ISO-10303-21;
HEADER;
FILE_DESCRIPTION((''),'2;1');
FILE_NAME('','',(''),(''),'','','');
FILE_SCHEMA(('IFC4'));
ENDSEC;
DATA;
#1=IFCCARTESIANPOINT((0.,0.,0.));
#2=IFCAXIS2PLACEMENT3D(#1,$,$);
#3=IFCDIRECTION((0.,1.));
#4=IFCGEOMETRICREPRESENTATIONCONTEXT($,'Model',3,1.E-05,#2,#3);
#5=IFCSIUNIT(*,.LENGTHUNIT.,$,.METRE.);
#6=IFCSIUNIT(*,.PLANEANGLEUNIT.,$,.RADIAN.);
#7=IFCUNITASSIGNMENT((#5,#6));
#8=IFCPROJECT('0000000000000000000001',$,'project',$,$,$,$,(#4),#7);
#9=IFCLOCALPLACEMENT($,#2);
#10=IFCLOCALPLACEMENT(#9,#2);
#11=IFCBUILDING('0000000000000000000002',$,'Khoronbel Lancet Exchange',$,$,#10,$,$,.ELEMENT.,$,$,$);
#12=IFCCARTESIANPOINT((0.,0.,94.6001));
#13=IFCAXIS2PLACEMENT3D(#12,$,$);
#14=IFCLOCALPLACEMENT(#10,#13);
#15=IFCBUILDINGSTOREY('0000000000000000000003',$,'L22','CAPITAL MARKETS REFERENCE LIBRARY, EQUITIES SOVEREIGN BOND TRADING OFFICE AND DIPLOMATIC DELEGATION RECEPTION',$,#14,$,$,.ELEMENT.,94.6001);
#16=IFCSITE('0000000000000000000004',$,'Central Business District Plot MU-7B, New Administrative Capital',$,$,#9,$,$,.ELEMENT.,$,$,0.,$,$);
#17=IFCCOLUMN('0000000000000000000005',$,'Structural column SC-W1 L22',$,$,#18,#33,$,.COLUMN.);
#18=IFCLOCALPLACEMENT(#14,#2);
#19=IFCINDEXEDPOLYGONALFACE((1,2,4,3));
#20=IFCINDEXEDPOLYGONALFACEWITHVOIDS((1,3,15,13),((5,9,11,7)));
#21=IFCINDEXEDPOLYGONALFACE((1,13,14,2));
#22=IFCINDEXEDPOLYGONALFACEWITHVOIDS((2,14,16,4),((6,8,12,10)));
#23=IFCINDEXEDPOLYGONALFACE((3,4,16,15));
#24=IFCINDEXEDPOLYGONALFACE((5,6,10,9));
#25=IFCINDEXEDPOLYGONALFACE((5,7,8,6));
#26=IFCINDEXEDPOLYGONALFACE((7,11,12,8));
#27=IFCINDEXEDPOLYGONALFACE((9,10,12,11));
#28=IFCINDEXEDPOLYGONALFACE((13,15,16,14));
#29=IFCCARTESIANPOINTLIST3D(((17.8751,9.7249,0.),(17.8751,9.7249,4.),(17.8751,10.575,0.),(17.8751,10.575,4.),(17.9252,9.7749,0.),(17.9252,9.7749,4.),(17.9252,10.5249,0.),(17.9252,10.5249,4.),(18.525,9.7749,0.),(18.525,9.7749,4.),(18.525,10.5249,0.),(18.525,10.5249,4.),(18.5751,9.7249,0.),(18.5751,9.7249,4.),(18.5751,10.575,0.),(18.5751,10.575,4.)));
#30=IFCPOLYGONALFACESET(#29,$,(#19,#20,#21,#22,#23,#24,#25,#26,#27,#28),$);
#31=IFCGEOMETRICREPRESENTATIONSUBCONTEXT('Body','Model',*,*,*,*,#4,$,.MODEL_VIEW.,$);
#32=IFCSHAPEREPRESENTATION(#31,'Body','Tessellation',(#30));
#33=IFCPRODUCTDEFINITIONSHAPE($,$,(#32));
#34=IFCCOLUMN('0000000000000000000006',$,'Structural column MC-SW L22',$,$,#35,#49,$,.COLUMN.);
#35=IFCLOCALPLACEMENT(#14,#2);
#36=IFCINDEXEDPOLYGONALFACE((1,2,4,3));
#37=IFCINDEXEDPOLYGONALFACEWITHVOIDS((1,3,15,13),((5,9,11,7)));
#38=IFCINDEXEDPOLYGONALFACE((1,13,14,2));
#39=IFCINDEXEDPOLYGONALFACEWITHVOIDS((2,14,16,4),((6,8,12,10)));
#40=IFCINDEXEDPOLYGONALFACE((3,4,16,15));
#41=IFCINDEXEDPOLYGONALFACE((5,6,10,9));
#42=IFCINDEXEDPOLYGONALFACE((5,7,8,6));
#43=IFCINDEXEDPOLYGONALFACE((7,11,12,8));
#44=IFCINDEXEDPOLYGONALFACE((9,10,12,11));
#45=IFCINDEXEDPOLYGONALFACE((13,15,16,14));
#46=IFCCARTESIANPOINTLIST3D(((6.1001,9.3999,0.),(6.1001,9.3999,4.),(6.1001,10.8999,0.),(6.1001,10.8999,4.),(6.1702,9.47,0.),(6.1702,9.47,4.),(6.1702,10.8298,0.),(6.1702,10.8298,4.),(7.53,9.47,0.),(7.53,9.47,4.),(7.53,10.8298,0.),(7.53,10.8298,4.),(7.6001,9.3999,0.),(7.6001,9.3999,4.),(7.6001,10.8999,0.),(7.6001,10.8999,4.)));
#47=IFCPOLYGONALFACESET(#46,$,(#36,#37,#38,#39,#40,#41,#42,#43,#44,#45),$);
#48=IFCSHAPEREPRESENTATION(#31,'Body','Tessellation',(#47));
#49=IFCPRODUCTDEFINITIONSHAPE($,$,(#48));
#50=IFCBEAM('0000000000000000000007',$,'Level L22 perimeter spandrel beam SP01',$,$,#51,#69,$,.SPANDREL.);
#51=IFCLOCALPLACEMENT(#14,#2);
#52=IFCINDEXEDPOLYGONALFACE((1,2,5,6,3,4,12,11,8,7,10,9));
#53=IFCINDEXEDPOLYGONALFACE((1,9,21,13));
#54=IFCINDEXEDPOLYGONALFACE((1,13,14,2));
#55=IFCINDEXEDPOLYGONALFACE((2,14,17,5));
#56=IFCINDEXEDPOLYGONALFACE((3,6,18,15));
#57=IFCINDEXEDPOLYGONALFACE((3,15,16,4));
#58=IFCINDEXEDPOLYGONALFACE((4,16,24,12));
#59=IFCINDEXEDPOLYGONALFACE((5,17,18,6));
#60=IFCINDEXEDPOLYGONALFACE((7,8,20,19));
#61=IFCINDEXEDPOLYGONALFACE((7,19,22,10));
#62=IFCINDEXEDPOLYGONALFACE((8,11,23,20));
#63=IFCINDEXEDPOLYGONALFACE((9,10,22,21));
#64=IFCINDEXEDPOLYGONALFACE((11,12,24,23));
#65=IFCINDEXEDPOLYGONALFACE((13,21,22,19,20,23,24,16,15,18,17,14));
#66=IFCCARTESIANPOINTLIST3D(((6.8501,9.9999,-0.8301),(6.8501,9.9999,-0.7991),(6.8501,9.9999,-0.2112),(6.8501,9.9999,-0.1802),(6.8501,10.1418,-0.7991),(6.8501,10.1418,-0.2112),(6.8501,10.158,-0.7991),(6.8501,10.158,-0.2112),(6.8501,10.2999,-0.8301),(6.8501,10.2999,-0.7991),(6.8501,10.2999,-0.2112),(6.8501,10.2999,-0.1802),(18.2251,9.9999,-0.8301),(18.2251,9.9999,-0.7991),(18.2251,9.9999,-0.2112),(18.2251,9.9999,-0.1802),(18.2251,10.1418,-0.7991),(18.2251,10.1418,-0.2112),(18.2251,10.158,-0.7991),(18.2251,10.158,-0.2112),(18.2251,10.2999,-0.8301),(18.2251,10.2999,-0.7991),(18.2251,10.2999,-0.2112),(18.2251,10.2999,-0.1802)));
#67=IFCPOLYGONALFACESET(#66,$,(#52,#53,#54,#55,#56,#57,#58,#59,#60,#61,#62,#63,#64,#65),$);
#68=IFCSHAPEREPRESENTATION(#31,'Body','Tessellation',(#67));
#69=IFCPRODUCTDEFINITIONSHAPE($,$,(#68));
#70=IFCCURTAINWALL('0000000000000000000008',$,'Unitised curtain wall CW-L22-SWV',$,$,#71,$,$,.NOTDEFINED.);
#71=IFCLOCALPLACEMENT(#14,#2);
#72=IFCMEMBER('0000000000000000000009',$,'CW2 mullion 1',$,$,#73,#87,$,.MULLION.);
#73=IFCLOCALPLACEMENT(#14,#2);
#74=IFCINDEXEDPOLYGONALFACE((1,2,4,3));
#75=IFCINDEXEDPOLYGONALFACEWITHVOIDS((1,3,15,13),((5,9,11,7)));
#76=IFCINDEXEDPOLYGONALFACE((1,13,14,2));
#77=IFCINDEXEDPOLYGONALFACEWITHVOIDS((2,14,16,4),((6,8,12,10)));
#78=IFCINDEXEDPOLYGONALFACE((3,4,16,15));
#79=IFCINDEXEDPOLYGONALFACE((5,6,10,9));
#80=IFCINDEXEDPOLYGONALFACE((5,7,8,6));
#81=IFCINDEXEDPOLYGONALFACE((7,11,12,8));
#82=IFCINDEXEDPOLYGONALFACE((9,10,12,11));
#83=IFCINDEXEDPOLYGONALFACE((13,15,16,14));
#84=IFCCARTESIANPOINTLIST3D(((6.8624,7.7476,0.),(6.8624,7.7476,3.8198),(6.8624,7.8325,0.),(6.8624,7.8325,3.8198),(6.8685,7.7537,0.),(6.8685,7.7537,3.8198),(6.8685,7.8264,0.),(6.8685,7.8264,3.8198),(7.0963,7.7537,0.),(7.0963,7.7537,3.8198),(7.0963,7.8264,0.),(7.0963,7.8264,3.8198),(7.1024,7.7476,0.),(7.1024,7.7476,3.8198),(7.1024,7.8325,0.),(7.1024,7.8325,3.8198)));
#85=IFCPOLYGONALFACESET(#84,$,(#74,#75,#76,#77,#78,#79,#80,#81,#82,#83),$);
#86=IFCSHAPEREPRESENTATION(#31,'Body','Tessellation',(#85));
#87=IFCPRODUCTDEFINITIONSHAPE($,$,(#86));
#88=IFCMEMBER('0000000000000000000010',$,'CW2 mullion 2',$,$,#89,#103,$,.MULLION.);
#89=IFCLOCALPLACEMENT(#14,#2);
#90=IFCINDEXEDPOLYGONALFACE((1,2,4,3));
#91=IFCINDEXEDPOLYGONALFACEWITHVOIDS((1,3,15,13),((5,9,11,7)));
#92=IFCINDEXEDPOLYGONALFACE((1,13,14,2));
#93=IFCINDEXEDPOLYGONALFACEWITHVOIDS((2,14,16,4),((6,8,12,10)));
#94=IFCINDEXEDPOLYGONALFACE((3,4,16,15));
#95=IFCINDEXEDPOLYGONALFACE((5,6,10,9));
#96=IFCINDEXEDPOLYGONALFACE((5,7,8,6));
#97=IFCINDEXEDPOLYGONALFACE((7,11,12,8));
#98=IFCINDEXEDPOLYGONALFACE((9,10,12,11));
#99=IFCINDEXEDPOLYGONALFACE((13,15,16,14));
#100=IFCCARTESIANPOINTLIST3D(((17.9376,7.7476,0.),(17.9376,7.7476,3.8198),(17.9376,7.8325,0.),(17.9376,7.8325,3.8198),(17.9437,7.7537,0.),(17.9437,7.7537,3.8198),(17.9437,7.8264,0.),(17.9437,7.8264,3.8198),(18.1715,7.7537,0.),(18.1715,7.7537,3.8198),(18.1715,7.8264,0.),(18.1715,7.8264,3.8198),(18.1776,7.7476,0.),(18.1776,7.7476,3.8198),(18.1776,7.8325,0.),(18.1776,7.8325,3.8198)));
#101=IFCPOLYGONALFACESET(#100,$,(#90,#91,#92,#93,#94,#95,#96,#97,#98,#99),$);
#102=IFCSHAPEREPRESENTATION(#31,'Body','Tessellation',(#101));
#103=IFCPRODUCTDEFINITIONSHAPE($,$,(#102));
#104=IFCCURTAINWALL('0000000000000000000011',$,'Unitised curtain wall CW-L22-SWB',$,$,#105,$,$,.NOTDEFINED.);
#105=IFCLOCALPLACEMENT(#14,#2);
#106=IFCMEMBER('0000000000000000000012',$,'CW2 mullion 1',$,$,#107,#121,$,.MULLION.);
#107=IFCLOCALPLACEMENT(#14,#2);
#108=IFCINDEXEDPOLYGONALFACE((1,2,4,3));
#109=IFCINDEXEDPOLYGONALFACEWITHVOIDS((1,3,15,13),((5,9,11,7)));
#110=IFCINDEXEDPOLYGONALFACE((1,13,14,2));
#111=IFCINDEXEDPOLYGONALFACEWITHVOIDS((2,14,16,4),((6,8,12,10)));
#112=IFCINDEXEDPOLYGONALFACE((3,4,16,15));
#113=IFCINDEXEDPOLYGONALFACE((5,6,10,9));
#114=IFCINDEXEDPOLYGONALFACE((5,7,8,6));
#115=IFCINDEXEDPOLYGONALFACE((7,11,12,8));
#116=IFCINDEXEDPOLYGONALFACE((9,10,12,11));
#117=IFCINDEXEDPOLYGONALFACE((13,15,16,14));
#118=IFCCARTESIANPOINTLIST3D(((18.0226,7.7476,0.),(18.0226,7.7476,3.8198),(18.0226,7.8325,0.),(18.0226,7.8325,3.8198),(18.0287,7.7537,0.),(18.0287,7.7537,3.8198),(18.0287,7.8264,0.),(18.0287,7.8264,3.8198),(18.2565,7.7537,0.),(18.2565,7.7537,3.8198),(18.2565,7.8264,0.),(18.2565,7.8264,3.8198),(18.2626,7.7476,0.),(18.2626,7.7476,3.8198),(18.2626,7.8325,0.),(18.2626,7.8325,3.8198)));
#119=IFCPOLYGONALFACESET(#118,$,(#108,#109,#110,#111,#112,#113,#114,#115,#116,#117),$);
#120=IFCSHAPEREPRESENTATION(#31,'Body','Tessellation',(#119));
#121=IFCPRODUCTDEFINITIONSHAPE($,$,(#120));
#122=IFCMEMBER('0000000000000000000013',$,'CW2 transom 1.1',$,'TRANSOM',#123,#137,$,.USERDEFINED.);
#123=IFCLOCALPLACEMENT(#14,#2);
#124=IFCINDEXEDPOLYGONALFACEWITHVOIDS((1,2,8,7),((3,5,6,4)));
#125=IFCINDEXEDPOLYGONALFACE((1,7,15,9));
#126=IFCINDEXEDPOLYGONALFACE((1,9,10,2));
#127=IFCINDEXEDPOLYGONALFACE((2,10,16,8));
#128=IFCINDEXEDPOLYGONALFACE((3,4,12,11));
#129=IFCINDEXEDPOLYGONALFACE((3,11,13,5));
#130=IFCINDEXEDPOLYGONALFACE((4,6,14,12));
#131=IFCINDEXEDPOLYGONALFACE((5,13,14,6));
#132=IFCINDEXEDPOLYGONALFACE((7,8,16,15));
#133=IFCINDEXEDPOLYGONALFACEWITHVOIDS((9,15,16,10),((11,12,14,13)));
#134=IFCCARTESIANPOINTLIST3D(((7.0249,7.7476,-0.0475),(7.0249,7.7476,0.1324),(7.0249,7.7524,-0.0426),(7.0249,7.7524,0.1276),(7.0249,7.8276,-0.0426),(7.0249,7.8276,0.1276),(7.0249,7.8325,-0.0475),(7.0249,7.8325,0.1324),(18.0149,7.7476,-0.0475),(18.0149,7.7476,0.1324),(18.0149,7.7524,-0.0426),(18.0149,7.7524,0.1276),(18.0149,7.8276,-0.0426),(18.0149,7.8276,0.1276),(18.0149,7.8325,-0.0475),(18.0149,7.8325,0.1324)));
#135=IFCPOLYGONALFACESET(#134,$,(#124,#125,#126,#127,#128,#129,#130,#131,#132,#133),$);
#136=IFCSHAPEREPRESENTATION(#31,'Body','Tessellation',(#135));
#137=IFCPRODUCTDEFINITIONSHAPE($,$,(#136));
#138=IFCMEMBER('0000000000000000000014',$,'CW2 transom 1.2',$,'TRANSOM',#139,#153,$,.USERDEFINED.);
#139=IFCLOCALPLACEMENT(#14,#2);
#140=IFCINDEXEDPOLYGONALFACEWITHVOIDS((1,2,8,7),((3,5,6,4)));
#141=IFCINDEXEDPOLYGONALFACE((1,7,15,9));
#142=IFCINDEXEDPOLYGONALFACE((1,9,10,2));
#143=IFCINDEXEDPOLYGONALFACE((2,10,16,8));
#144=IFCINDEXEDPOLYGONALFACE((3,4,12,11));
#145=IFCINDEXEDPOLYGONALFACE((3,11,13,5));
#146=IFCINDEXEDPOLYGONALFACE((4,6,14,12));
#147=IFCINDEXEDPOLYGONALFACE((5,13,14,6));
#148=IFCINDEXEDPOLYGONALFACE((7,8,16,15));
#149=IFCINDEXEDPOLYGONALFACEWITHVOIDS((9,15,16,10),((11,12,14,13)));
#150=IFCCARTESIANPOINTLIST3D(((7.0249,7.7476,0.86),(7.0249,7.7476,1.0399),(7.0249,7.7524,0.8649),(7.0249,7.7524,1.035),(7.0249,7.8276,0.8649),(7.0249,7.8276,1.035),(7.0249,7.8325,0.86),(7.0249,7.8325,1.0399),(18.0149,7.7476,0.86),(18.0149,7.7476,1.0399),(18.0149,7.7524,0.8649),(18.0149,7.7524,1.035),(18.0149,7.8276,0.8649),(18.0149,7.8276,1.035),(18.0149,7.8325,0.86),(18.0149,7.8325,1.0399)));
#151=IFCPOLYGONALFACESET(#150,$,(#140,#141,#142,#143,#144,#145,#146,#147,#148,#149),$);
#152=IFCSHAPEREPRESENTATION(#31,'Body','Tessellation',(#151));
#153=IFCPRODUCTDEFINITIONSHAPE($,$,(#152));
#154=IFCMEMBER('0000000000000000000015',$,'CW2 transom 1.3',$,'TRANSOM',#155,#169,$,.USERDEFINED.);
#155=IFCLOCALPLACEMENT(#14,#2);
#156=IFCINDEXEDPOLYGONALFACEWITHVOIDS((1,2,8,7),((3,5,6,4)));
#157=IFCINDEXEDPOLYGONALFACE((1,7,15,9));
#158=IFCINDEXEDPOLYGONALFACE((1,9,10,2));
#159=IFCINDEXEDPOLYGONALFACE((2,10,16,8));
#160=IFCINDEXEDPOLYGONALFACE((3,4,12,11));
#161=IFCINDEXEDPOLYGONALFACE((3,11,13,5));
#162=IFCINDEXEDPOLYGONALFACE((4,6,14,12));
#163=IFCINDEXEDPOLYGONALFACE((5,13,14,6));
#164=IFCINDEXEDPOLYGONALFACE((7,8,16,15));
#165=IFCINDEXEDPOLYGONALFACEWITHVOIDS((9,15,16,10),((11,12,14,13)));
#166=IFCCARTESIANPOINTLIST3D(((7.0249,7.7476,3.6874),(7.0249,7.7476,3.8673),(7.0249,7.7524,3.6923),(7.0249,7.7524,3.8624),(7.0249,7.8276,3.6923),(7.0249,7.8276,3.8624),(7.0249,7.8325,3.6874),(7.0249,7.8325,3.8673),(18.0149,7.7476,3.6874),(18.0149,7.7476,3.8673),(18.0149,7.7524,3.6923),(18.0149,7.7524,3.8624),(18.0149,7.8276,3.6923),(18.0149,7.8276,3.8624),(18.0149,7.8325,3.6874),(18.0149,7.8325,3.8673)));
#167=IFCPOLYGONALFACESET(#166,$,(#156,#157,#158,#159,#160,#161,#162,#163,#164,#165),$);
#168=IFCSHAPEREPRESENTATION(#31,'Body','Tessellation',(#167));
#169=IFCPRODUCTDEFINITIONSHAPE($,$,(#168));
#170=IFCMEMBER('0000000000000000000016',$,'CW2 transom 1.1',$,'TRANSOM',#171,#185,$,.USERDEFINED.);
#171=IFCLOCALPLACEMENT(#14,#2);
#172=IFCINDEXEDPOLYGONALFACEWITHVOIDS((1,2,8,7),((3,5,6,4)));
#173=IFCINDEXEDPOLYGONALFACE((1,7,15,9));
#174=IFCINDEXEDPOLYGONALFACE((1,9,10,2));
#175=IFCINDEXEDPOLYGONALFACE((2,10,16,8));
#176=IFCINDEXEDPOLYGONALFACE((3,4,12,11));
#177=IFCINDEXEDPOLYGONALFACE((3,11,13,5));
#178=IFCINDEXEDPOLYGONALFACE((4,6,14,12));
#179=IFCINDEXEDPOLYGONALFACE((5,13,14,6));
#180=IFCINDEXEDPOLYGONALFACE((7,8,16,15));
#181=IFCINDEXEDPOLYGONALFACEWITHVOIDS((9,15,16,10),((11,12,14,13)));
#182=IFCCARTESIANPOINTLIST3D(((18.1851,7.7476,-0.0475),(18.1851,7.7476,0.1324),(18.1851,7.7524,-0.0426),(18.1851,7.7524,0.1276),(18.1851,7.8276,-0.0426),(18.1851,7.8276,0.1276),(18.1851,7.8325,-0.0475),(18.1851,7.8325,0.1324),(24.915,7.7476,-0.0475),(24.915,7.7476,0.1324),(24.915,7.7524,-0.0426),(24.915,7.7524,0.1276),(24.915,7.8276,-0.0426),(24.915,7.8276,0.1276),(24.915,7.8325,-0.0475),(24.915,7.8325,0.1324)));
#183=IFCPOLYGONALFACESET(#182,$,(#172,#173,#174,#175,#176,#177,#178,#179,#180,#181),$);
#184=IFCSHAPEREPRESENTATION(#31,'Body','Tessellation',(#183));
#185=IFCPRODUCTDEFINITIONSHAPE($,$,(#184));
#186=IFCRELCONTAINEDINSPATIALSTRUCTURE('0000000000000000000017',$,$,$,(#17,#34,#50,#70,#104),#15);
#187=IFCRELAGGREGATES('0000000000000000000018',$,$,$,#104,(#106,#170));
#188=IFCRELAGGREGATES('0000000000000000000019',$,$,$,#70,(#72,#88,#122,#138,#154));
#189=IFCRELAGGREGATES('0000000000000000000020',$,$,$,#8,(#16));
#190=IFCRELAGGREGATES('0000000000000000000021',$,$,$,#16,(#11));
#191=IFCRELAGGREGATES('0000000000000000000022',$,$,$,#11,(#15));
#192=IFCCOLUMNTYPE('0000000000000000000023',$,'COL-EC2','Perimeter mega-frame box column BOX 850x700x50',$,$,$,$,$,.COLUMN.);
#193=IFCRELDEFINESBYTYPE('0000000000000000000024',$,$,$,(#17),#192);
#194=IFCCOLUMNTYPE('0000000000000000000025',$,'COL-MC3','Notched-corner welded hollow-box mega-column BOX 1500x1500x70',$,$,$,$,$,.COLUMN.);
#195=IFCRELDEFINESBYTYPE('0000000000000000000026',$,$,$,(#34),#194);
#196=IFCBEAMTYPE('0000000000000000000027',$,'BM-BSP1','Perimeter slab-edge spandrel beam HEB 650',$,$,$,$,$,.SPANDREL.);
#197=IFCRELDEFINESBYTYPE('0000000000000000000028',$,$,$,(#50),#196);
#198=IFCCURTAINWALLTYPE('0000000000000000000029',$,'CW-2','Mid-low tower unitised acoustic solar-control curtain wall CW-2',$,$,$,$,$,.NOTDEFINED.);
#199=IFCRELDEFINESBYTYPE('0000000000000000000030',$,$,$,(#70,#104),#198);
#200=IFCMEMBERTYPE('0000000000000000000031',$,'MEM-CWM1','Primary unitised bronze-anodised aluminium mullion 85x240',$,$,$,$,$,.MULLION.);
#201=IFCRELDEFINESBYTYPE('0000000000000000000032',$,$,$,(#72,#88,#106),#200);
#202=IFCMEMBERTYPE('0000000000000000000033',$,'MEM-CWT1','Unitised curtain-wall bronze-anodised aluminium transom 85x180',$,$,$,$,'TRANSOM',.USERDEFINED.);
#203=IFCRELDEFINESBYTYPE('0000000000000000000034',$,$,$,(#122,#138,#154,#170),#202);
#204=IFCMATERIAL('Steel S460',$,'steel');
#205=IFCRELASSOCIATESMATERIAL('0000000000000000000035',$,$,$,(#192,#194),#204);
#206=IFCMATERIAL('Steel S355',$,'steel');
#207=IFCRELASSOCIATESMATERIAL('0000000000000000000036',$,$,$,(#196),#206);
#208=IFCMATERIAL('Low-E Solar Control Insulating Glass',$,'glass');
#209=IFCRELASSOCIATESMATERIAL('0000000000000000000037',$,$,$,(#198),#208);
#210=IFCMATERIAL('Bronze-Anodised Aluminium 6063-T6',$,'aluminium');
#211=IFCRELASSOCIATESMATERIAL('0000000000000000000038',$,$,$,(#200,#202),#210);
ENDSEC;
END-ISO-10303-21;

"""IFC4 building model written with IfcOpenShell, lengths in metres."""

from ifc_helpers import new_model, si_unit, direction, frame, origin, origin_2d, place, context, subcontext, project, spatial, hollow_rectangle, i_section, extrude, material, material_profile, profile_set, type_object, element, aggregate, save


model = new_model("IFC4")

# Units and contexts
model_context = context("Model", 3, precision=1e-05, world=origin(), true_north=direction((0.0, 1.0)))
body_context = subcontext(model_context, "Body", "Model", "MODEL_VIEW")
ifc_project = project(units=[si_unit("LENGTHUNIT", "METRE"), si_unit("PLANEANGLEUNIT", "RADIAN")], contexts=[model_context])

# Site, building, storey
site_placement = place(None, origin())
site = spatial("IfcSite", under=ifc_project, at=site_placement, Name="Central Business District Plot MU-7B, New Administrative Capital", CompositionType="ELEMENT", RefElevation=0.0)
building_placement = place(site_placement, origin())
building = spatial("IfcBuilding", under=site, at=building_placement, Name="Khoronbel Lancet Exchange", CompositionType="ELEMENT")
storey_placement = place(building_placement, frame((0.0, 0.0, 94.6001)))
storey = spatial("IfcBuildingStorey", under=building, at=storey_placement, Name="L22", Description="CAPITAL MARKETS REFERENCE LIBRARY, EQUITIES SOVEREIGN BOND TRADING OFFICE AND DIPLOMATIC DELEGATION RECEPTION", CompositionType="ELEMENT", Elevation=94.6001)

# Columns
ifc_material_1 = material(Name="Steel S460", Category="steel")
ifc_material_profile_1 = material_profile(ifc_material_1, hollow_rectangle(XDim=0.7, YDim=0.8501, WallThickness=0.05, at=origin_2d()), Name="BOX 850x700x50")
ifc_profile_set_1 = profile_set([ifc_material_profile_1], Name="Steel S460")
column_type_1 = type_object("IfcColumnType", Name="COL-EC2", Description="Perimeter mega-frame box column BOX 850x700x50", PredefinedType="COLUMN", material=ifc_profile_set_1)
column_1_placement = place(storey_placement, frame((18.2251, 10.1499, 0.0), z_axis=(0.0, 0.0, 1.0), x_axis=(1.0, 0.0, 0.0)))
element("IfcColumn", 1, at=column_1_placement, inside=storey, type_object=column_type_1, Name="Structural column SC-W1 L22", PredefinedType="COLUMN", context=body_context, shape_type="SweptSolid", body=[
    extrude(hollow_rectangle(XDim=0.7, YDim=0.8501, WallThickness=0.05, at=origin_2d()), origin(), (0.0, 0.0, 1.0), 4.0),
])
ifc_material_profile_2 = material_profile(ifc_material_1, hollow_rectangle(XDim=1.5, YDim=1.5, WallThickness=0.0701, at=origin_2d()), Name="BOX 1500x1500x70")
ifc_profile_set_2 = profile_set([ifc_material_profile_2], Name="Steel S460")
column_type_2 = type_object("IfcColumnType", Name="COL-MC3", Description="Notched-corner welded hollow-box mega-column BOX 1500x1500x70", PredefinedType="COLUMN", material=ifc_profile_set_2)
column_2_placement = place(storey_placement, frame((6.8501, 10.1499, 0.0), z_axis=(0.0, 0.0, 1.0), x_axis=(1.0, 0.0, 0.0)))
element("IfcColumn", 2, at=column_2_placement, inside=storey, type_object=column_type_2, Name="Structural column MC-SW L22", PredefinedType="COLUMN", context=body_context, shape_type="SweptSolid", body=[
    extrude(hollow_rectangle(XDim=1.5, YDim=1.5, WallThickness=0.0701, at=origin_2d()), origin(), (0.0, 0.0, 1.0), 4.0),
])

# Beam
ifc_material_2 = material(Name="Steel S355", Category="steel")
ifc_material_profile_3 = material_profile(ifc_material_2, i_section(OverallWidth=0.3, OverallDepth=0.6499, WebThickness=0.0161, FlangeThickness=0.031, at=origin_2d()), Name="HEB 650")
ifc_profile_set_3 = profile_set([ifc_material_profile_3], Name="Steel S355")
beam_type = type_object("IfcBeamType", Name="BM-BSP1", Description="Perimeter slab-edge spandrel beam HEB 650", PredefinedType="SPANDREL", material=ifc_profile_set_3)
beam_placement = place(storey_placement, frame((6.8501, 10.1499, -0.5051), z_axis=(1.0, 0.0, 0.0), x_axis=(0.0, 1.0, 0.0)))
element("IfcBeam", 3, at=beam_placement, inside=storey, type_object=beam_type, Name="Level L22 perimeter spandrel beam SP01", PredefinedType="SPANDREL", context=body_context, shape_type="SweptSolid", body=[
    extrude(i_section(OverallWidth=0.3, OverallDepth=0.6499, WebThickness=0.0161, FlangeThickness=0.031, at=origin_2d()), origin(), (0.0, 0.0, 1.0), 11.375),
])

# Curtain wall, members
ifc_material_3 = material(Name="Low-E Solar Control Insulating Glass", Category="glass")
curtain_wall_type = type_object("IfcCurtainWallType", Name="CW-2", Description="Mid-low tower unitised acoustic solar-control curtain wall CW-2", PredefinedType="NOTDEFINED", material=ifc_material_3)
curtain_wall_1_placement = place(storey_placement, origin())
curtain_wall_1 = element("IfcCurtainWall", 4, at=curtain_wall_1_placement, inside=storey, type_object=curtain_wall_type, Name="Unitised curtain wall CW-L22-SWV", PredefinedType="NOTDEFINED")
ifc_material_4 = material(Name="Bronze-Anodised Aluminium 6063-T6", Category="aluminium")
ifc_material_profile_4 = material_profile(ifc_material_4, hollow_rectangle(XDim=0.085, YDim=0.24, WallThickness=0.0061, at=origin_2d()), Name="ALU MULLION 85x240")
ifc_profile_set_4 = profile_set([ifc_material_profile_4], Name="Bronze-Anodised Aluminium 6063-T6")
member_type_1 = type_object("IfcMemberType", Name="MEM-CWM1", Description="Primary unitised bronze-anodised aluminium mullion 85x240", PredefinedType="MULLION", material=ifc_profile_set_4)
member_1_placement = place(storey_placement, frame((6.9824, 7.79, 0.0), z_axis=(0.0, 0.0, 1.0), x_axis=(0.0, 1.0, 0.0)))
member_1 = element("IfcMember", 5, at=member_1_placement, type_object=member_type_1, Name="CW2 mullion 1", PredefinedType="MULLION", context=body_context, shape_type="SweptSolid", body=[
    extrude(hollow_rectangle(XDim=0.085, YDim=0.24, WallThickness=0.0061, at=origin_2d()), origin(), (0.0, 0.0, 1.0), 3.8198),
])
member_2_placement = place(storey_placement, frame((18.0576, 7.79, 0.0), z_axis=(0.0, 0.0, 1.0), x_axis=(0.0, 1.0, 0.0)))
member_2 = element("IfcMember", 6, at=member_2_placement, type_object=member_type_1, Name="CW2 mullion 2", PredefinedType="MULLION", context=body_context, shape_type="SweptSolid", body=[
    extrude(hollow_rectangle(XDim=0.085, YDim=0.24, WallThickness=0.0061, at=origin_2d()), origin(), (0.0, 0.0, 1.0), 3.8198),
])

# Curtain wall, member
curtain_wall_2_placement = place(storey_placement, origin())
curtain_wall_2 = element("IfcCurtainWall", 7, at=curtain_wall_2_placement, inside=storey, type_object=curtain_wall_type, Name="Unitised curtain wall CW-L22-SWB", PredefinedType="NOTDEFINED")
member_3_placement = place(storey_placement, frame((18.1426, 7.79, 0.0), z_axis=(0.0, 0.0, 1.0), x_axis=(0.0, 1.0, 0.0)))
member_3 = element("IfcMember", 8, at=member_3_placement, type_object=member_type_1, Name="CW2 mullion 1", PredefinedType="MULLION", context=body_context, shape_type="SweptSolid", body=[
    extrude(hollow_rectangle(XDim=0.085, YDim=0.24, WallThickness=0.0061, at=origin_2d()), origin(), (0.0, 0.0, 1.0), 3.8198),
])

# Members
ifc_material_profile_5 = material_profile(ifc_material_4, hollow_rectangle(XDim=0.085, YDim=0.1799, WallThickness=0.0049, at=origin_2d()), Name="ALU TRANSOM 85x180")
ifc_profile_set_5 = profile_set([ifc_material_profile_5], Name="Bronze-Anodised Aluminium 6063-T6")
member_type_2 = type_object("IfcMemberType", Name="MEM-CWT1", Description="Unitised curtain-wall bronze-anodised aluminium transom 85x180", ElementType="TRANSOM", PredefinedType="USERDEFINED", material=ifc_profile_set_5)
member_4_placement = place(storey_placement, frame((7.0249, 7.79, 0.0425), z_axis=(1.0, 0.0, 0.0), x_axis=(0.0, 1.0, 0.0)))
member_4 = element("IfcMember", 9, at=member_4_placement, type_object=member_type_2, Name="CW2 transom 1.1", ObjectType="TRANSOM", PredefinedType="USERDEFINED", context=body_context, shape_type="SweptSolid", body=[
    extrude(hollow_rectangle(XDim=0.085, YDim=0.1799, WallThickness=0.0049, at=origin_2d()), origin(), (0.0, 0.0, 1.0), 10.99),
])
member_5_placement = place(storey_placement, frame((7.0249, 7.79, 0.95), z_axis=(1.0, 0.0, 0.0), x_axis=(0.0, 1.0, 0.0)))
member_5 = element("IfcMember", 10, at=member_5_placement, type_object=member_type_2, Name="CW2 transom 1.2", ObjectType="TRANSOM", PredefinedType="USERDEFINED", context=body_context, shape_type="SweptSolid", body=[
    extrude(hollow_rectangle(XDim=0.085, YDim=0.1799, WallThickness=0.0049, at=origin_2d()), origin(), (0.0, 0.0, 1.0), 10.99),
])
member_6_placement = place(storey_placement, frame((7.0249, 7.79, 3.7773), z_axis=(1.0, 0.0, 0.0), x_axis=(0.0, 1.0, 0.0)))
member_6 = element("IfcMember", 11, at=member_6_placement, type_object=member_type_2, Name="CW2 transom 1.3", ObjectType="TRANSOM", PredefinedType="USERDEFINED", context=body_context, shape_type="SweptSolid", body=[
    extrude(hollow_rectangle(XDim=0.085, YDim=0.1799, WallThickness=0.0049, at=origin_2d()), origin(), (0.0, 0.0, 1.0), 10.99),
])
member_7_placement = place(storey_placement, frame((18.1851, 7.79, 0.0425), z_axis=(1.0, 0.0, 0.0), x_axis=(0.0, 1.0, 0.0)))
member_7 = element("IfcMember", 12, at=member_7_placement, type_object=member_type_2, Name="CW2 transom 1.1", ObjectType="TRANSOM", PredefinedType="USERDEFINED", context=body_context, shape_type="SweptSolid", body=[
    extrude(hollow_rectangle(XDim=0.085, YDim=0.1799, WallThickness=0.0049, at=origin_2d()), origin(), (0.0, 0.0, 1.0), 6.73),
])
aggregate(curtain_wall_2, [member_3, member_7])

aggregate(curtain_wall_1, [member_1, member_2, member_4, member_5, member_6])

save(model, "model.ifc")
